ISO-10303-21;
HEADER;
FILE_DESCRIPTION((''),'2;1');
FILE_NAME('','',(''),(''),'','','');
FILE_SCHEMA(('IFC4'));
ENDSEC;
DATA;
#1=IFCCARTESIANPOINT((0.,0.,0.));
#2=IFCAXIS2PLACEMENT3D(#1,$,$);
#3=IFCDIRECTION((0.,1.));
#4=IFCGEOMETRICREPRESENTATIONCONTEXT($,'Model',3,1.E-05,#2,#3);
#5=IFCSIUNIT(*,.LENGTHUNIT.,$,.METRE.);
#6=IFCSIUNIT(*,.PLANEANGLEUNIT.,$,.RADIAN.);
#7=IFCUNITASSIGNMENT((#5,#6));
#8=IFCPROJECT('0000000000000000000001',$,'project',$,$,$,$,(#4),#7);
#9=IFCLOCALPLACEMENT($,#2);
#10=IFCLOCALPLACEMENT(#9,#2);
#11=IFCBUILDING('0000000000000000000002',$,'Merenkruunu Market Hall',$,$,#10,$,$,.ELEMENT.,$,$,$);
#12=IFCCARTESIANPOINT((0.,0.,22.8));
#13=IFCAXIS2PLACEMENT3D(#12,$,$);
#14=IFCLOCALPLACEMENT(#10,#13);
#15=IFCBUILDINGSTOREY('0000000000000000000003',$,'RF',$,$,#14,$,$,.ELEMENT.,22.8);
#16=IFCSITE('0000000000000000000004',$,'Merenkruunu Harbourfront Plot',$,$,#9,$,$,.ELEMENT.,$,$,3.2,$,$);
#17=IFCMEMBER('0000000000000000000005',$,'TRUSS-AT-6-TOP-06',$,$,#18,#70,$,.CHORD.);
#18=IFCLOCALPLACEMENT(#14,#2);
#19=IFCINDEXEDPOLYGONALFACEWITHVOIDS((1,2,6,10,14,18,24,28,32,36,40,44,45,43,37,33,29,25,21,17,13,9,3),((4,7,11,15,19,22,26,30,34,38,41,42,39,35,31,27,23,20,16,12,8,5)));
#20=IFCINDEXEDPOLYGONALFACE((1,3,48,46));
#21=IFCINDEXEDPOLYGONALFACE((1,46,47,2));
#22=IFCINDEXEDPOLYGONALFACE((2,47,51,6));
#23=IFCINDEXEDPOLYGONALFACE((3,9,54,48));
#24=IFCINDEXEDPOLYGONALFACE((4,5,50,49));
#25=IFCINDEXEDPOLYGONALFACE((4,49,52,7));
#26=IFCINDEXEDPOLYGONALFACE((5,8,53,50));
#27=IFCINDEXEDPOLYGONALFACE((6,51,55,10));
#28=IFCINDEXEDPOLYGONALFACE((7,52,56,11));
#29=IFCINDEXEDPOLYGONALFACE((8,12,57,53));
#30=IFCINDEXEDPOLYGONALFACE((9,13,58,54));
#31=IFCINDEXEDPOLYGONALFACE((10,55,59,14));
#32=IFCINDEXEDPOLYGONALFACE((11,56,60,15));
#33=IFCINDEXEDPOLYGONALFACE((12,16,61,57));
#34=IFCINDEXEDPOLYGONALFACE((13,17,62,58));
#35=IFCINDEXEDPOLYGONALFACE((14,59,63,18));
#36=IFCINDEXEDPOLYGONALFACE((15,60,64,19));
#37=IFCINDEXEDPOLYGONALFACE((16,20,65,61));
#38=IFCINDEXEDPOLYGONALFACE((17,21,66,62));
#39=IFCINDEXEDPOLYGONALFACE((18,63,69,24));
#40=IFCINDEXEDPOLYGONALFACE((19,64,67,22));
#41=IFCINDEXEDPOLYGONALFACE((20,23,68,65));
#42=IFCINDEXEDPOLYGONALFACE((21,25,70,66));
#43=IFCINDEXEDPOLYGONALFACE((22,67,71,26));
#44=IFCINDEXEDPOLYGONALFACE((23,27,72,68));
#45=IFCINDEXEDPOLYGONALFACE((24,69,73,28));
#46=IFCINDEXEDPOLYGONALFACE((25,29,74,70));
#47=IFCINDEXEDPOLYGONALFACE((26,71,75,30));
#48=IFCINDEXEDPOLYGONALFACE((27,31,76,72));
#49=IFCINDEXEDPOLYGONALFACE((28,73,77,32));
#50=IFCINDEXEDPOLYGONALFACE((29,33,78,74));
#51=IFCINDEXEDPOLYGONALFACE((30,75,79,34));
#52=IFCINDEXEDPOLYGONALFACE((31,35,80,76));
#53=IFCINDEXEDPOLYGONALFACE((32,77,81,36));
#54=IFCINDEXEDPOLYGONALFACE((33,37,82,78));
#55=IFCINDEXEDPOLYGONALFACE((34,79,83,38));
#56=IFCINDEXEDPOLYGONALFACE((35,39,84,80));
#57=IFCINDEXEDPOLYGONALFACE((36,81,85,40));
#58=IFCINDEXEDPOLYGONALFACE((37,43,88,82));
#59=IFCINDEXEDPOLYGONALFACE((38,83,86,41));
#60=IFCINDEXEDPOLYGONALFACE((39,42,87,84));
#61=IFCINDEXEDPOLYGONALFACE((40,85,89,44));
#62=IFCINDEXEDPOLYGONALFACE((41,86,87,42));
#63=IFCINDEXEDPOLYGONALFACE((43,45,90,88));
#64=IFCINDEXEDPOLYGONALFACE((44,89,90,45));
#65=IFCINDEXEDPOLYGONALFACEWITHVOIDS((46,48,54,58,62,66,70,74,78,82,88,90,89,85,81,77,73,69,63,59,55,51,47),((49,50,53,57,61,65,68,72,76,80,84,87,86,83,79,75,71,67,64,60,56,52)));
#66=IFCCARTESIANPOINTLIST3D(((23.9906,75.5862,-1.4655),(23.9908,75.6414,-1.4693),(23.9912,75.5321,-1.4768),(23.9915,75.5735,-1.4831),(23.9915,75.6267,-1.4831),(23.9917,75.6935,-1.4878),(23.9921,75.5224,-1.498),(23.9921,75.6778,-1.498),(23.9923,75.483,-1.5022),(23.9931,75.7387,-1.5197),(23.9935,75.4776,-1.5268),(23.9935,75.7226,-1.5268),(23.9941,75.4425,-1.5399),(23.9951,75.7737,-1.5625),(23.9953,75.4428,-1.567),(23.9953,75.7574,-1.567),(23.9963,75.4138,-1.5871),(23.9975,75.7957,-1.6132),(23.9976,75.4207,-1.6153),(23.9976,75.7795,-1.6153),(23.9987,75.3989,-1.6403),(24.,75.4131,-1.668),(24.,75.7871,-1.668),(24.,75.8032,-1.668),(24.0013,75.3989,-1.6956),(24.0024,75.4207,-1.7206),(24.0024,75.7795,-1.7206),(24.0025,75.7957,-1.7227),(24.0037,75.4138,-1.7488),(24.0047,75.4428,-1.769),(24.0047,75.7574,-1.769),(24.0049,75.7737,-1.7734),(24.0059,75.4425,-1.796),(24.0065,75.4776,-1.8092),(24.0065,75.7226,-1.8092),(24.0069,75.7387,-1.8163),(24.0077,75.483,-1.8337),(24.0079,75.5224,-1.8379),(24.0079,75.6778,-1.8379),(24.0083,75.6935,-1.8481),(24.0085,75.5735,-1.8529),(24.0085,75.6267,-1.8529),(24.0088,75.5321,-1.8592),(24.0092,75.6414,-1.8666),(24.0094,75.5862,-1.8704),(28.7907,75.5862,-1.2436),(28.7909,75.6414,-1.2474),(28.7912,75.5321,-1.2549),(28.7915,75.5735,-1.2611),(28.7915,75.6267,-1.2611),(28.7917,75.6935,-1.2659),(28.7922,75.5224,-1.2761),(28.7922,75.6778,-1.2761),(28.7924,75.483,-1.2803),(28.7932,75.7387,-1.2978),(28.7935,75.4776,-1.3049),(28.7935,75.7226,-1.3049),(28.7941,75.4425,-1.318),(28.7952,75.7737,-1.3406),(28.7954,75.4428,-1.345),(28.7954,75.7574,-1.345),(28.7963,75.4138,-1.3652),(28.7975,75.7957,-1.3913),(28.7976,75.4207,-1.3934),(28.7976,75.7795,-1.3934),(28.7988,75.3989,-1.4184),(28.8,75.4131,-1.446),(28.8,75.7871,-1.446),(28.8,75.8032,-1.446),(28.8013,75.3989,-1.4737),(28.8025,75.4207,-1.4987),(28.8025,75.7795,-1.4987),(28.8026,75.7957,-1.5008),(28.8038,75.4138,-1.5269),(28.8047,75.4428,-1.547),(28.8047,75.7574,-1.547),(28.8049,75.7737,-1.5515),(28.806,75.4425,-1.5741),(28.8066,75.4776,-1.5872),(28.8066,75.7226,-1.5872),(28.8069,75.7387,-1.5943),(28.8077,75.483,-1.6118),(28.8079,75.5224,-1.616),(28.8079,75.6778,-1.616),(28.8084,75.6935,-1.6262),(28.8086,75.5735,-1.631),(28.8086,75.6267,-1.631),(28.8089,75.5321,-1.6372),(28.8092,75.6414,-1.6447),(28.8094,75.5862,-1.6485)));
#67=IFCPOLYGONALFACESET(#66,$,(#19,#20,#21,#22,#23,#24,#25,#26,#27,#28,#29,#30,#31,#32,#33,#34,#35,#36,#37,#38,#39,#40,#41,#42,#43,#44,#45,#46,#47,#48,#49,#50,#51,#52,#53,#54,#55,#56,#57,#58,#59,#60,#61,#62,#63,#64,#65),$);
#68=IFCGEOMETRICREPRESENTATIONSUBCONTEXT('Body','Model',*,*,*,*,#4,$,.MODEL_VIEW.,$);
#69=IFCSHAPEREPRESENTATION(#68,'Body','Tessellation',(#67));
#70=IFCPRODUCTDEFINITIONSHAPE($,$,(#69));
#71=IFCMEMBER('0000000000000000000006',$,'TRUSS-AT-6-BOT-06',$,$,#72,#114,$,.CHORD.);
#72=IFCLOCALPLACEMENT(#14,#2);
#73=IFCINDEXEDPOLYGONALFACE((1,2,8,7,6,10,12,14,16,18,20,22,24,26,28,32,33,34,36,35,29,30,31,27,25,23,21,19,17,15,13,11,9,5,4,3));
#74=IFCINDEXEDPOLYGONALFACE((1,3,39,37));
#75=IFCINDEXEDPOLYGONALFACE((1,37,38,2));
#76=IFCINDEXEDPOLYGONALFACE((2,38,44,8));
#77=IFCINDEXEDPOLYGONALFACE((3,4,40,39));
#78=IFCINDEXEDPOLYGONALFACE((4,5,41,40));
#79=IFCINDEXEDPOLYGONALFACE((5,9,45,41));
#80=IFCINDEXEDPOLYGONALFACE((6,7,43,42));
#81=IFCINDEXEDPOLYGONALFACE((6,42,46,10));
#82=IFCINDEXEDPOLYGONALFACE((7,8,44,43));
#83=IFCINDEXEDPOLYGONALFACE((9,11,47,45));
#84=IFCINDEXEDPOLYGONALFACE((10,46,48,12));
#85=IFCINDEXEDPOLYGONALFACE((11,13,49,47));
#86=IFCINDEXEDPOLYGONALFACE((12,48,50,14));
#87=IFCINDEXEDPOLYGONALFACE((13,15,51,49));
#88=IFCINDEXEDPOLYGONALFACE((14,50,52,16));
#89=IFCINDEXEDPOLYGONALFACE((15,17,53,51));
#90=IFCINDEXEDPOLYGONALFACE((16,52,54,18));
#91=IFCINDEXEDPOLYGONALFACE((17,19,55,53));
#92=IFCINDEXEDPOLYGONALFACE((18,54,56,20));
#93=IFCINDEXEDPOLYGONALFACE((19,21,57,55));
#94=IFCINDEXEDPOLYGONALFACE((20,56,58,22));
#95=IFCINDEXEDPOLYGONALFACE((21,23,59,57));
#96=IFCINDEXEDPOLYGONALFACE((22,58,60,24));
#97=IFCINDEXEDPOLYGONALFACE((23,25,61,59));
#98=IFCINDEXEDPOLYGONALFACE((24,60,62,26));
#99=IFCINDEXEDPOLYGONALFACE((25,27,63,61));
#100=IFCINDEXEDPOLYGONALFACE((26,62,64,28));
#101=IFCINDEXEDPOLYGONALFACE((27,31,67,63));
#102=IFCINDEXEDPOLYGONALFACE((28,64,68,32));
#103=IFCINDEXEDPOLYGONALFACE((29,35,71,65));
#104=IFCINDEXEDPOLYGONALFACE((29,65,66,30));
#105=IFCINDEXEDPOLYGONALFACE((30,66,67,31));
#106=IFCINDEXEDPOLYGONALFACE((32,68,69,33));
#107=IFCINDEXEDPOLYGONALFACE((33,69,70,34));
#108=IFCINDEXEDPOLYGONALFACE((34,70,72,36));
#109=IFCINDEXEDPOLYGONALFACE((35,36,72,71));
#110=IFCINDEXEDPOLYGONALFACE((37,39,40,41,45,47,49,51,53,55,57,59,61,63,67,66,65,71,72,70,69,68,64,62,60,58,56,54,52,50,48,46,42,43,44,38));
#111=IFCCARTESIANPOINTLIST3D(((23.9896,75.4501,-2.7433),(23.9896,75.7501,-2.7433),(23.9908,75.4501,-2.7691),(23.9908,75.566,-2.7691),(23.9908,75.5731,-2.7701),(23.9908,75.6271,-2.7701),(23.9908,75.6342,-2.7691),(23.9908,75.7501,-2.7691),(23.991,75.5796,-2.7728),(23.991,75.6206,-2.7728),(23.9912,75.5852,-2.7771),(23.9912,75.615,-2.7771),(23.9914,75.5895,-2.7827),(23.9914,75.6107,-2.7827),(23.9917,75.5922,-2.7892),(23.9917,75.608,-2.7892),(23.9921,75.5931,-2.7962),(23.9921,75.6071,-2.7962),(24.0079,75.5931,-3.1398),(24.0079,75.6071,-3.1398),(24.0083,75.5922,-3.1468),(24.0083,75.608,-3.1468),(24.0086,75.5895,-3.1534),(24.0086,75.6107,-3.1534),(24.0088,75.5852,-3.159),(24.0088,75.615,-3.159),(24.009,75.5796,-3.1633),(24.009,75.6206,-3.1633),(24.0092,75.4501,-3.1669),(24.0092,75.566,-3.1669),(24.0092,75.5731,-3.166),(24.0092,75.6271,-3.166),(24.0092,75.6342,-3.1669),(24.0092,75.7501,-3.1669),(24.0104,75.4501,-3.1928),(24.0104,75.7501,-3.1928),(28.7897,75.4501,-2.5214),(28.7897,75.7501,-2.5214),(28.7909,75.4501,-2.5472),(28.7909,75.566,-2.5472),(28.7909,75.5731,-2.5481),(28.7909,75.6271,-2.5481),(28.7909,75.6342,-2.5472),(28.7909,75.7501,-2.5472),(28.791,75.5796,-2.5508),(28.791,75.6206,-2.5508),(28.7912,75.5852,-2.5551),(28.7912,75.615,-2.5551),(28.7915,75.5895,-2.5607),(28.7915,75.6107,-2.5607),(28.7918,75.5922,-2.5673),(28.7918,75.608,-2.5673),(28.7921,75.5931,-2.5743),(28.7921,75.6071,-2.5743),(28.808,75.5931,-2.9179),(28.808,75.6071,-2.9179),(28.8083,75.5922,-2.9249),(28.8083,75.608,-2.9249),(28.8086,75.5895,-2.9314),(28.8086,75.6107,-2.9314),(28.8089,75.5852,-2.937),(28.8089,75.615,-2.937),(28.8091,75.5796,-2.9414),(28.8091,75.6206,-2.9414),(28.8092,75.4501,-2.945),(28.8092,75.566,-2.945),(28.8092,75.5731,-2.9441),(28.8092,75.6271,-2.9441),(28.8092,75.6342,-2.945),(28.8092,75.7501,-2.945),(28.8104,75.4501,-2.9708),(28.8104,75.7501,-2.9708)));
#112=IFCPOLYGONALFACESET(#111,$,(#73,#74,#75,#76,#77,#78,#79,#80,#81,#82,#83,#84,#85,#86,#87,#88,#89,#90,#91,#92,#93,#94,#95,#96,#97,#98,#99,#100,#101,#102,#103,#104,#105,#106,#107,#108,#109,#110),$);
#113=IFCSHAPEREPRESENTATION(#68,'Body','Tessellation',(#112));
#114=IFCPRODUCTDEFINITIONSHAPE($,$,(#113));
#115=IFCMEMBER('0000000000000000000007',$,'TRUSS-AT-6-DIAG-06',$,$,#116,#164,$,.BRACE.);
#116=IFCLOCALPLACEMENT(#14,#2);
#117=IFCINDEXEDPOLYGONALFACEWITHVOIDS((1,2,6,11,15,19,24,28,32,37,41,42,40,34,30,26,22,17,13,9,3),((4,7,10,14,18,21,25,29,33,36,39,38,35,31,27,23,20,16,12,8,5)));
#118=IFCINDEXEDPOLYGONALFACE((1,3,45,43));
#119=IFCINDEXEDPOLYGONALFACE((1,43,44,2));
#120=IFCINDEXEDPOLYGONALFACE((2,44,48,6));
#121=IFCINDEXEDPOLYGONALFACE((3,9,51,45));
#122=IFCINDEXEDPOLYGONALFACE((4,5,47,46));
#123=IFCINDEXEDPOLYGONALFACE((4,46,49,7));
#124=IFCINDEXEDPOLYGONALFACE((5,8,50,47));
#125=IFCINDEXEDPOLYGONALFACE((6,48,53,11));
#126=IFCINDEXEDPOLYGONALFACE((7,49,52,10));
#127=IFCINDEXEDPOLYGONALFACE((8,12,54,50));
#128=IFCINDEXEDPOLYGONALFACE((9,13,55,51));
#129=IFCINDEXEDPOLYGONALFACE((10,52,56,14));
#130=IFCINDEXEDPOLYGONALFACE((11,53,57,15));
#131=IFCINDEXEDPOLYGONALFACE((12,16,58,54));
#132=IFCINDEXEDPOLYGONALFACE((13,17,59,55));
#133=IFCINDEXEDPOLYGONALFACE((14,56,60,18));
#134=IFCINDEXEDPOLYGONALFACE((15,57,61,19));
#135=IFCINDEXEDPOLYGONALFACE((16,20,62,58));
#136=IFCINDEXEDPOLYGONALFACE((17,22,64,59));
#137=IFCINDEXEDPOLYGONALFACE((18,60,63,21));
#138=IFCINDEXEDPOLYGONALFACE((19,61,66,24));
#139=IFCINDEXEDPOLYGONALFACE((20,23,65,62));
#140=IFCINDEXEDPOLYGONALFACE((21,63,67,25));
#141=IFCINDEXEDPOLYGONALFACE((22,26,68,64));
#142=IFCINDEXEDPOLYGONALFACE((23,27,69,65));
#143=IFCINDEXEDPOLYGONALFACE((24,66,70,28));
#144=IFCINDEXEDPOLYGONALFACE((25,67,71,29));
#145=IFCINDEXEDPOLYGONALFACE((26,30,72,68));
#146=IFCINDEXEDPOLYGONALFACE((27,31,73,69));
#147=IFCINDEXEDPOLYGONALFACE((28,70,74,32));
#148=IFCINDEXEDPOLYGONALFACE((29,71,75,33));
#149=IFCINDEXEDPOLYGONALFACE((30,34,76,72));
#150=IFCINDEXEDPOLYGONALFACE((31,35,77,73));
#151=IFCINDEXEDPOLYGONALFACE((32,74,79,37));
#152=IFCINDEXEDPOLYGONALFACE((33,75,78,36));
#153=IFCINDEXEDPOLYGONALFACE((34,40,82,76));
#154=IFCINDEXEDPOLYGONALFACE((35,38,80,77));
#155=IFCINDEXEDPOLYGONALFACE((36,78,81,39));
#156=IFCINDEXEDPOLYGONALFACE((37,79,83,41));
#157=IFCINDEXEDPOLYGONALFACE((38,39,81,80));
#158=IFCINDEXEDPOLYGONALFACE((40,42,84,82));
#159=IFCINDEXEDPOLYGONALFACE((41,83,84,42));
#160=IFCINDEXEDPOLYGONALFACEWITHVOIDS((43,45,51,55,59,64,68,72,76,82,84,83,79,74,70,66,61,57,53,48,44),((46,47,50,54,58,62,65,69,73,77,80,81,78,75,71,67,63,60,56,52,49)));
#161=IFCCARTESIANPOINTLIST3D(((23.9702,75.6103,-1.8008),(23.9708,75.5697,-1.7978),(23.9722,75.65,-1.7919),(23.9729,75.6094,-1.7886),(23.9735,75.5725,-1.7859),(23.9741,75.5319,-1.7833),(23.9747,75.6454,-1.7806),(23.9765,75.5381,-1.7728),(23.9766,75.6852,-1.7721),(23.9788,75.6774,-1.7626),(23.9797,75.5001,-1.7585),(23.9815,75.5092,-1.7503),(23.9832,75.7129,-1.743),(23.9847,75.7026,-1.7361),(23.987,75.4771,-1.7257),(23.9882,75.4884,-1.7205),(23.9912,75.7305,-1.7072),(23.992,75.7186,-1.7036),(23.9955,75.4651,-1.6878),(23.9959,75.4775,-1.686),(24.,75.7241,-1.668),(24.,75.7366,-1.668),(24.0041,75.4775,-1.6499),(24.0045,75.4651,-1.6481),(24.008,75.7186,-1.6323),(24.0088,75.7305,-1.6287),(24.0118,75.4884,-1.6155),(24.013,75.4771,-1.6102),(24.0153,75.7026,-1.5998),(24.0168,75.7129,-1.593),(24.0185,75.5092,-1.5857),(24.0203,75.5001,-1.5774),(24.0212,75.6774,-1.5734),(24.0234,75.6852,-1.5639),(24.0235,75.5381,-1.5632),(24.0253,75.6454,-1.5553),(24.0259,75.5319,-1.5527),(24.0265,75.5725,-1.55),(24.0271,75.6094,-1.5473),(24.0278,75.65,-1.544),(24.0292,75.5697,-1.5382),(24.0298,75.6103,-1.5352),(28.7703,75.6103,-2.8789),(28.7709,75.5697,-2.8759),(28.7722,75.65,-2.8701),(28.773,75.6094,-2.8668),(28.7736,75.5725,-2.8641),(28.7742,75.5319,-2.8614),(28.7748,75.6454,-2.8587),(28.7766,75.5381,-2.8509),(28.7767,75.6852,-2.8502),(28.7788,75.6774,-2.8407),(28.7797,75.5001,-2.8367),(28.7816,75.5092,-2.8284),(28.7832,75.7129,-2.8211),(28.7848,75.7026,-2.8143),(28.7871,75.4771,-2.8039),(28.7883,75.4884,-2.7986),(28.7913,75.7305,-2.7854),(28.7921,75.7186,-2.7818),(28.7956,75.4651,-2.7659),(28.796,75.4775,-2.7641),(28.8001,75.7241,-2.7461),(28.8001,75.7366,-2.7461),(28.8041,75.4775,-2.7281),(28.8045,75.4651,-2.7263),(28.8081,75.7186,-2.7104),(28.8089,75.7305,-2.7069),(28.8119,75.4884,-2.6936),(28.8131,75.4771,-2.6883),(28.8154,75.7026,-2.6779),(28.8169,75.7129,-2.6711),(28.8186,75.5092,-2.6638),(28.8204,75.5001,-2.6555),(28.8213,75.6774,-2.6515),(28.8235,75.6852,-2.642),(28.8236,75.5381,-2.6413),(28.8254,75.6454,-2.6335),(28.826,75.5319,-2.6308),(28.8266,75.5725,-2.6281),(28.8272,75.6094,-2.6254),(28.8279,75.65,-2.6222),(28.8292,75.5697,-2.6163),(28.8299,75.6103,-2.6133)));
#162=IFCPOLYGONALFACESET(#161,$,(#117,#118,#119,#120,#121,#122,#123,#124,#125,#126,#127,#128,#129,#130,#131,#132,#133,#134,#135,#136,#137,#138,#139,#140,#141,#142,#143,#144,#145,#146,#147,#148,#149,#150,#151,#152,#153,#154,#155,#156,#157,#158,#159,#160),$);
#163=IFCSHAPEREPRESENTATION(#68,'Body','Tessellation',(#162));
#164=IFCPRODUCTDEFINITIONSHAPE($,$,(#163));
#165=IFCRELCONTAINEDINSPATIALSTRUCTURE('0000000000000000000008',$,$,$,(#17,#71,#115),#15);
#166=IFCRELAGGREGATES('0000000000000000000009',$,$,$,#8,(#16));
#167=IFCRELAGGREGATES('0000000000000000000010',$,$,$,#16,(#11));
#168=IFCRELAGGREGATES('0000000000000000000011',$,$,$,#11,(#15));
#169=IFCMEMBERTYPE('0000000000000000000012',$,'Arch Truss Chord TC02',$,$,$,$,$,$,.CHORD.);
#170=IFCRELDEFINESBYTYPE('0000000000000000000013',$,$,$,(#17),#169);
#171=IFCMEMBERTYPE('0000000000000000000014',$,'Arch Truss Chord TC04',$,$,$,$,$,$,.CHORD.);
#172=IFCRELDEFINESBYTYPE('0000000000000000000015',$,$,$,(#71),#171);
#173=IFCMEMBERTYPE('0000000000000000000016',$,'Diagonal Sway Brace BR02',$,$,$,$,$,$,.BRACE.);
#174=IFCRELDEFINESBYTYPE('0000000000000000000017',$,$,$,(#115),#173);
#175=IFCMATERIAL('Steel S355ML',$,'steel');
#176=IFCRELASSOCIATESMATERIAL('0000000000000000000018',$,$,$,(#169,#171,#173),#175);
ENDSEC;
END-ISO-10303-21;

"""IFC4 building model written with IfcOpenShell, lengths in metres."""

from ifc_helpers import new_model, si_unit, direction, frame, origin, origin_2d, place, context, subcontext, project, spatial, hollow_circle, i_section, extrude, material, material_profile, profile_set, type_object, element, save


model = new_model("IFC4")

# Units and contexts
model_context = context("Model", 3, precision=1e-05, world=origin(), true_north=direction((0.0, 1.0)))
body_context = subcontext(model_context, "Body", "Model", "MODEL_VIEW")
ifc_project = project(units=[si_unit("LENGTHUNIT", "METRE"), si_unit("PLANEANGLEUNIT", "RADIAN")], contexts=[model_context])

# Site, building, storey
site_placement = place(None, origin())
site = spatial("IfcSite", under=ifc_project, at=site_placement, Name="Merenkruunu Harbourfront Plot", CompositionType="ELEMENT", RefElevation=3.2)
building_placement = place(site_placement, origin())
building = spatial("IfcBuilding", under=site, at=building_placement, Name="Merenkruunu Market Hall", CompositionType="ELEMENT")
storey_placement = place(building_placement, frame((0.0, 0.0, 22.8)))
storey = spatial("IfcBuildingStorey", under=building, at=storey_placement, Name="RF", CompositionType="ELEMENT", Elevation=22.8)

# Members
ifc_material_1 = material(Name="Steel S355ML", Category="steel")
ifc_material_profile_1 = material_profile(ifc_material_1, hollow_circle(Radius=0.2031, WallThickness=0.0161, at=origin_2d()), Name="CHS 406.4x16")
ifc_profile_set_1 = profile_set([ifc_material_profile_1], Name="Steel S355ML")
member_type_1 = type_object("IfcMemberType", Name="Arch Truss Chord TC02", PredefinedType="CHORD", material=ifc_profile_set_1)
member_1_placement = place(storey_placement, frame((24.0, 75.6001, -1.668), z_axis=(0.998933, 0.0, 0.046184), x_axis=(0.0, 1.0, 0.0)))
element("IfcMember", 1, at=member_1_placement, inside=storey, type_object=member_type_1, Name="TRUSS-AT-6-TOP-06", PredefinedType="CHORD", context=body_context, shape_type="SweptSolid", body=[
    extrude(hollow_circle(Radius=0.2031, WallThickness=0.0161, at=origin_2d()), origin(), (0.0, 0.0, 1.0), 4.8052),
])
ifc_material_profile_2 = material_profile(ifc_material_1, i_section(OverallWidth=0.3, OverallDepth=0.45, WebThickness=0.0139, FlangeThickness=0.0259, FilletRadius=0.0271, at=origin_2d()), Name="HEB 450")
ifc_profile_set_2 = profile_set([ifc_material_profile_2], Name="Steel S355ML")
member_type_2 = type_object("IfcMemberType", Name="Arch Truss Chord TC04", PredefinedType="CHORD", material=ifc_profile_set_2)
member_2_placement = place(storey_placement, frame((24.0, 75.6001, -2.968), z_axis=(0.998933, 0.0, 0.046184), x_axis=(0.0, 1.0, 0.0)))
element("IfcMember", 2, at=member_2_placement, inside=storey, type_object=member_type_2, Name="TRUSS-AT-6-BOT-06", PredefinedType="CHORD", context=body_context, shape_type="SweptSolid", body=[
    extrude(i_section(OverallWidth=0.3, OverallDepth=0.45, WebThickness=0.0139, FlangeThickness=0.0259, FilletRadius=0.0271, at=origin_2d()), origin(), (0.0, 0.0, 1.0), 4.8052),
])
ifc_material_profile_3 = material_profile(ifc_material_1, hollow_circle(Radius=0.1365, WallThickness=0.0125, at=origin_2d()), Name="CHS 273x12.5")
ifc_profile_set_3 = profile_set([ifc_material_profile_3], Name="Steel S355ML")
member_type_3 = type_object("IfcMemberType", Name="Diagonal Sway Brace BR02", PredefinedType="BRACE", material=ifc_profile_set_3)
member_3_placement = place(storey_placement, frame((24.0, 75.6001, -1.668), z_axis=(0.975692, 0.0, -0.219147), x_axis=(0.0, 1.0, 0.0)))
element("IfcMember", 3, at=member_3_placement, inside=storey, type_object=member_type_3, Name="TRUSS-AT-6-DIAG-06", PredefinedType="BRACE", context=body_context, shape_type="SweptSolid", body=[
    extrude(hollow_circle(Radius=0.1365, WallThickness=0.0125, at=origin_2d()), origin(), (0.0, 0.0, 1.0), 4.9197),
])

save(model, "model.ifc")
